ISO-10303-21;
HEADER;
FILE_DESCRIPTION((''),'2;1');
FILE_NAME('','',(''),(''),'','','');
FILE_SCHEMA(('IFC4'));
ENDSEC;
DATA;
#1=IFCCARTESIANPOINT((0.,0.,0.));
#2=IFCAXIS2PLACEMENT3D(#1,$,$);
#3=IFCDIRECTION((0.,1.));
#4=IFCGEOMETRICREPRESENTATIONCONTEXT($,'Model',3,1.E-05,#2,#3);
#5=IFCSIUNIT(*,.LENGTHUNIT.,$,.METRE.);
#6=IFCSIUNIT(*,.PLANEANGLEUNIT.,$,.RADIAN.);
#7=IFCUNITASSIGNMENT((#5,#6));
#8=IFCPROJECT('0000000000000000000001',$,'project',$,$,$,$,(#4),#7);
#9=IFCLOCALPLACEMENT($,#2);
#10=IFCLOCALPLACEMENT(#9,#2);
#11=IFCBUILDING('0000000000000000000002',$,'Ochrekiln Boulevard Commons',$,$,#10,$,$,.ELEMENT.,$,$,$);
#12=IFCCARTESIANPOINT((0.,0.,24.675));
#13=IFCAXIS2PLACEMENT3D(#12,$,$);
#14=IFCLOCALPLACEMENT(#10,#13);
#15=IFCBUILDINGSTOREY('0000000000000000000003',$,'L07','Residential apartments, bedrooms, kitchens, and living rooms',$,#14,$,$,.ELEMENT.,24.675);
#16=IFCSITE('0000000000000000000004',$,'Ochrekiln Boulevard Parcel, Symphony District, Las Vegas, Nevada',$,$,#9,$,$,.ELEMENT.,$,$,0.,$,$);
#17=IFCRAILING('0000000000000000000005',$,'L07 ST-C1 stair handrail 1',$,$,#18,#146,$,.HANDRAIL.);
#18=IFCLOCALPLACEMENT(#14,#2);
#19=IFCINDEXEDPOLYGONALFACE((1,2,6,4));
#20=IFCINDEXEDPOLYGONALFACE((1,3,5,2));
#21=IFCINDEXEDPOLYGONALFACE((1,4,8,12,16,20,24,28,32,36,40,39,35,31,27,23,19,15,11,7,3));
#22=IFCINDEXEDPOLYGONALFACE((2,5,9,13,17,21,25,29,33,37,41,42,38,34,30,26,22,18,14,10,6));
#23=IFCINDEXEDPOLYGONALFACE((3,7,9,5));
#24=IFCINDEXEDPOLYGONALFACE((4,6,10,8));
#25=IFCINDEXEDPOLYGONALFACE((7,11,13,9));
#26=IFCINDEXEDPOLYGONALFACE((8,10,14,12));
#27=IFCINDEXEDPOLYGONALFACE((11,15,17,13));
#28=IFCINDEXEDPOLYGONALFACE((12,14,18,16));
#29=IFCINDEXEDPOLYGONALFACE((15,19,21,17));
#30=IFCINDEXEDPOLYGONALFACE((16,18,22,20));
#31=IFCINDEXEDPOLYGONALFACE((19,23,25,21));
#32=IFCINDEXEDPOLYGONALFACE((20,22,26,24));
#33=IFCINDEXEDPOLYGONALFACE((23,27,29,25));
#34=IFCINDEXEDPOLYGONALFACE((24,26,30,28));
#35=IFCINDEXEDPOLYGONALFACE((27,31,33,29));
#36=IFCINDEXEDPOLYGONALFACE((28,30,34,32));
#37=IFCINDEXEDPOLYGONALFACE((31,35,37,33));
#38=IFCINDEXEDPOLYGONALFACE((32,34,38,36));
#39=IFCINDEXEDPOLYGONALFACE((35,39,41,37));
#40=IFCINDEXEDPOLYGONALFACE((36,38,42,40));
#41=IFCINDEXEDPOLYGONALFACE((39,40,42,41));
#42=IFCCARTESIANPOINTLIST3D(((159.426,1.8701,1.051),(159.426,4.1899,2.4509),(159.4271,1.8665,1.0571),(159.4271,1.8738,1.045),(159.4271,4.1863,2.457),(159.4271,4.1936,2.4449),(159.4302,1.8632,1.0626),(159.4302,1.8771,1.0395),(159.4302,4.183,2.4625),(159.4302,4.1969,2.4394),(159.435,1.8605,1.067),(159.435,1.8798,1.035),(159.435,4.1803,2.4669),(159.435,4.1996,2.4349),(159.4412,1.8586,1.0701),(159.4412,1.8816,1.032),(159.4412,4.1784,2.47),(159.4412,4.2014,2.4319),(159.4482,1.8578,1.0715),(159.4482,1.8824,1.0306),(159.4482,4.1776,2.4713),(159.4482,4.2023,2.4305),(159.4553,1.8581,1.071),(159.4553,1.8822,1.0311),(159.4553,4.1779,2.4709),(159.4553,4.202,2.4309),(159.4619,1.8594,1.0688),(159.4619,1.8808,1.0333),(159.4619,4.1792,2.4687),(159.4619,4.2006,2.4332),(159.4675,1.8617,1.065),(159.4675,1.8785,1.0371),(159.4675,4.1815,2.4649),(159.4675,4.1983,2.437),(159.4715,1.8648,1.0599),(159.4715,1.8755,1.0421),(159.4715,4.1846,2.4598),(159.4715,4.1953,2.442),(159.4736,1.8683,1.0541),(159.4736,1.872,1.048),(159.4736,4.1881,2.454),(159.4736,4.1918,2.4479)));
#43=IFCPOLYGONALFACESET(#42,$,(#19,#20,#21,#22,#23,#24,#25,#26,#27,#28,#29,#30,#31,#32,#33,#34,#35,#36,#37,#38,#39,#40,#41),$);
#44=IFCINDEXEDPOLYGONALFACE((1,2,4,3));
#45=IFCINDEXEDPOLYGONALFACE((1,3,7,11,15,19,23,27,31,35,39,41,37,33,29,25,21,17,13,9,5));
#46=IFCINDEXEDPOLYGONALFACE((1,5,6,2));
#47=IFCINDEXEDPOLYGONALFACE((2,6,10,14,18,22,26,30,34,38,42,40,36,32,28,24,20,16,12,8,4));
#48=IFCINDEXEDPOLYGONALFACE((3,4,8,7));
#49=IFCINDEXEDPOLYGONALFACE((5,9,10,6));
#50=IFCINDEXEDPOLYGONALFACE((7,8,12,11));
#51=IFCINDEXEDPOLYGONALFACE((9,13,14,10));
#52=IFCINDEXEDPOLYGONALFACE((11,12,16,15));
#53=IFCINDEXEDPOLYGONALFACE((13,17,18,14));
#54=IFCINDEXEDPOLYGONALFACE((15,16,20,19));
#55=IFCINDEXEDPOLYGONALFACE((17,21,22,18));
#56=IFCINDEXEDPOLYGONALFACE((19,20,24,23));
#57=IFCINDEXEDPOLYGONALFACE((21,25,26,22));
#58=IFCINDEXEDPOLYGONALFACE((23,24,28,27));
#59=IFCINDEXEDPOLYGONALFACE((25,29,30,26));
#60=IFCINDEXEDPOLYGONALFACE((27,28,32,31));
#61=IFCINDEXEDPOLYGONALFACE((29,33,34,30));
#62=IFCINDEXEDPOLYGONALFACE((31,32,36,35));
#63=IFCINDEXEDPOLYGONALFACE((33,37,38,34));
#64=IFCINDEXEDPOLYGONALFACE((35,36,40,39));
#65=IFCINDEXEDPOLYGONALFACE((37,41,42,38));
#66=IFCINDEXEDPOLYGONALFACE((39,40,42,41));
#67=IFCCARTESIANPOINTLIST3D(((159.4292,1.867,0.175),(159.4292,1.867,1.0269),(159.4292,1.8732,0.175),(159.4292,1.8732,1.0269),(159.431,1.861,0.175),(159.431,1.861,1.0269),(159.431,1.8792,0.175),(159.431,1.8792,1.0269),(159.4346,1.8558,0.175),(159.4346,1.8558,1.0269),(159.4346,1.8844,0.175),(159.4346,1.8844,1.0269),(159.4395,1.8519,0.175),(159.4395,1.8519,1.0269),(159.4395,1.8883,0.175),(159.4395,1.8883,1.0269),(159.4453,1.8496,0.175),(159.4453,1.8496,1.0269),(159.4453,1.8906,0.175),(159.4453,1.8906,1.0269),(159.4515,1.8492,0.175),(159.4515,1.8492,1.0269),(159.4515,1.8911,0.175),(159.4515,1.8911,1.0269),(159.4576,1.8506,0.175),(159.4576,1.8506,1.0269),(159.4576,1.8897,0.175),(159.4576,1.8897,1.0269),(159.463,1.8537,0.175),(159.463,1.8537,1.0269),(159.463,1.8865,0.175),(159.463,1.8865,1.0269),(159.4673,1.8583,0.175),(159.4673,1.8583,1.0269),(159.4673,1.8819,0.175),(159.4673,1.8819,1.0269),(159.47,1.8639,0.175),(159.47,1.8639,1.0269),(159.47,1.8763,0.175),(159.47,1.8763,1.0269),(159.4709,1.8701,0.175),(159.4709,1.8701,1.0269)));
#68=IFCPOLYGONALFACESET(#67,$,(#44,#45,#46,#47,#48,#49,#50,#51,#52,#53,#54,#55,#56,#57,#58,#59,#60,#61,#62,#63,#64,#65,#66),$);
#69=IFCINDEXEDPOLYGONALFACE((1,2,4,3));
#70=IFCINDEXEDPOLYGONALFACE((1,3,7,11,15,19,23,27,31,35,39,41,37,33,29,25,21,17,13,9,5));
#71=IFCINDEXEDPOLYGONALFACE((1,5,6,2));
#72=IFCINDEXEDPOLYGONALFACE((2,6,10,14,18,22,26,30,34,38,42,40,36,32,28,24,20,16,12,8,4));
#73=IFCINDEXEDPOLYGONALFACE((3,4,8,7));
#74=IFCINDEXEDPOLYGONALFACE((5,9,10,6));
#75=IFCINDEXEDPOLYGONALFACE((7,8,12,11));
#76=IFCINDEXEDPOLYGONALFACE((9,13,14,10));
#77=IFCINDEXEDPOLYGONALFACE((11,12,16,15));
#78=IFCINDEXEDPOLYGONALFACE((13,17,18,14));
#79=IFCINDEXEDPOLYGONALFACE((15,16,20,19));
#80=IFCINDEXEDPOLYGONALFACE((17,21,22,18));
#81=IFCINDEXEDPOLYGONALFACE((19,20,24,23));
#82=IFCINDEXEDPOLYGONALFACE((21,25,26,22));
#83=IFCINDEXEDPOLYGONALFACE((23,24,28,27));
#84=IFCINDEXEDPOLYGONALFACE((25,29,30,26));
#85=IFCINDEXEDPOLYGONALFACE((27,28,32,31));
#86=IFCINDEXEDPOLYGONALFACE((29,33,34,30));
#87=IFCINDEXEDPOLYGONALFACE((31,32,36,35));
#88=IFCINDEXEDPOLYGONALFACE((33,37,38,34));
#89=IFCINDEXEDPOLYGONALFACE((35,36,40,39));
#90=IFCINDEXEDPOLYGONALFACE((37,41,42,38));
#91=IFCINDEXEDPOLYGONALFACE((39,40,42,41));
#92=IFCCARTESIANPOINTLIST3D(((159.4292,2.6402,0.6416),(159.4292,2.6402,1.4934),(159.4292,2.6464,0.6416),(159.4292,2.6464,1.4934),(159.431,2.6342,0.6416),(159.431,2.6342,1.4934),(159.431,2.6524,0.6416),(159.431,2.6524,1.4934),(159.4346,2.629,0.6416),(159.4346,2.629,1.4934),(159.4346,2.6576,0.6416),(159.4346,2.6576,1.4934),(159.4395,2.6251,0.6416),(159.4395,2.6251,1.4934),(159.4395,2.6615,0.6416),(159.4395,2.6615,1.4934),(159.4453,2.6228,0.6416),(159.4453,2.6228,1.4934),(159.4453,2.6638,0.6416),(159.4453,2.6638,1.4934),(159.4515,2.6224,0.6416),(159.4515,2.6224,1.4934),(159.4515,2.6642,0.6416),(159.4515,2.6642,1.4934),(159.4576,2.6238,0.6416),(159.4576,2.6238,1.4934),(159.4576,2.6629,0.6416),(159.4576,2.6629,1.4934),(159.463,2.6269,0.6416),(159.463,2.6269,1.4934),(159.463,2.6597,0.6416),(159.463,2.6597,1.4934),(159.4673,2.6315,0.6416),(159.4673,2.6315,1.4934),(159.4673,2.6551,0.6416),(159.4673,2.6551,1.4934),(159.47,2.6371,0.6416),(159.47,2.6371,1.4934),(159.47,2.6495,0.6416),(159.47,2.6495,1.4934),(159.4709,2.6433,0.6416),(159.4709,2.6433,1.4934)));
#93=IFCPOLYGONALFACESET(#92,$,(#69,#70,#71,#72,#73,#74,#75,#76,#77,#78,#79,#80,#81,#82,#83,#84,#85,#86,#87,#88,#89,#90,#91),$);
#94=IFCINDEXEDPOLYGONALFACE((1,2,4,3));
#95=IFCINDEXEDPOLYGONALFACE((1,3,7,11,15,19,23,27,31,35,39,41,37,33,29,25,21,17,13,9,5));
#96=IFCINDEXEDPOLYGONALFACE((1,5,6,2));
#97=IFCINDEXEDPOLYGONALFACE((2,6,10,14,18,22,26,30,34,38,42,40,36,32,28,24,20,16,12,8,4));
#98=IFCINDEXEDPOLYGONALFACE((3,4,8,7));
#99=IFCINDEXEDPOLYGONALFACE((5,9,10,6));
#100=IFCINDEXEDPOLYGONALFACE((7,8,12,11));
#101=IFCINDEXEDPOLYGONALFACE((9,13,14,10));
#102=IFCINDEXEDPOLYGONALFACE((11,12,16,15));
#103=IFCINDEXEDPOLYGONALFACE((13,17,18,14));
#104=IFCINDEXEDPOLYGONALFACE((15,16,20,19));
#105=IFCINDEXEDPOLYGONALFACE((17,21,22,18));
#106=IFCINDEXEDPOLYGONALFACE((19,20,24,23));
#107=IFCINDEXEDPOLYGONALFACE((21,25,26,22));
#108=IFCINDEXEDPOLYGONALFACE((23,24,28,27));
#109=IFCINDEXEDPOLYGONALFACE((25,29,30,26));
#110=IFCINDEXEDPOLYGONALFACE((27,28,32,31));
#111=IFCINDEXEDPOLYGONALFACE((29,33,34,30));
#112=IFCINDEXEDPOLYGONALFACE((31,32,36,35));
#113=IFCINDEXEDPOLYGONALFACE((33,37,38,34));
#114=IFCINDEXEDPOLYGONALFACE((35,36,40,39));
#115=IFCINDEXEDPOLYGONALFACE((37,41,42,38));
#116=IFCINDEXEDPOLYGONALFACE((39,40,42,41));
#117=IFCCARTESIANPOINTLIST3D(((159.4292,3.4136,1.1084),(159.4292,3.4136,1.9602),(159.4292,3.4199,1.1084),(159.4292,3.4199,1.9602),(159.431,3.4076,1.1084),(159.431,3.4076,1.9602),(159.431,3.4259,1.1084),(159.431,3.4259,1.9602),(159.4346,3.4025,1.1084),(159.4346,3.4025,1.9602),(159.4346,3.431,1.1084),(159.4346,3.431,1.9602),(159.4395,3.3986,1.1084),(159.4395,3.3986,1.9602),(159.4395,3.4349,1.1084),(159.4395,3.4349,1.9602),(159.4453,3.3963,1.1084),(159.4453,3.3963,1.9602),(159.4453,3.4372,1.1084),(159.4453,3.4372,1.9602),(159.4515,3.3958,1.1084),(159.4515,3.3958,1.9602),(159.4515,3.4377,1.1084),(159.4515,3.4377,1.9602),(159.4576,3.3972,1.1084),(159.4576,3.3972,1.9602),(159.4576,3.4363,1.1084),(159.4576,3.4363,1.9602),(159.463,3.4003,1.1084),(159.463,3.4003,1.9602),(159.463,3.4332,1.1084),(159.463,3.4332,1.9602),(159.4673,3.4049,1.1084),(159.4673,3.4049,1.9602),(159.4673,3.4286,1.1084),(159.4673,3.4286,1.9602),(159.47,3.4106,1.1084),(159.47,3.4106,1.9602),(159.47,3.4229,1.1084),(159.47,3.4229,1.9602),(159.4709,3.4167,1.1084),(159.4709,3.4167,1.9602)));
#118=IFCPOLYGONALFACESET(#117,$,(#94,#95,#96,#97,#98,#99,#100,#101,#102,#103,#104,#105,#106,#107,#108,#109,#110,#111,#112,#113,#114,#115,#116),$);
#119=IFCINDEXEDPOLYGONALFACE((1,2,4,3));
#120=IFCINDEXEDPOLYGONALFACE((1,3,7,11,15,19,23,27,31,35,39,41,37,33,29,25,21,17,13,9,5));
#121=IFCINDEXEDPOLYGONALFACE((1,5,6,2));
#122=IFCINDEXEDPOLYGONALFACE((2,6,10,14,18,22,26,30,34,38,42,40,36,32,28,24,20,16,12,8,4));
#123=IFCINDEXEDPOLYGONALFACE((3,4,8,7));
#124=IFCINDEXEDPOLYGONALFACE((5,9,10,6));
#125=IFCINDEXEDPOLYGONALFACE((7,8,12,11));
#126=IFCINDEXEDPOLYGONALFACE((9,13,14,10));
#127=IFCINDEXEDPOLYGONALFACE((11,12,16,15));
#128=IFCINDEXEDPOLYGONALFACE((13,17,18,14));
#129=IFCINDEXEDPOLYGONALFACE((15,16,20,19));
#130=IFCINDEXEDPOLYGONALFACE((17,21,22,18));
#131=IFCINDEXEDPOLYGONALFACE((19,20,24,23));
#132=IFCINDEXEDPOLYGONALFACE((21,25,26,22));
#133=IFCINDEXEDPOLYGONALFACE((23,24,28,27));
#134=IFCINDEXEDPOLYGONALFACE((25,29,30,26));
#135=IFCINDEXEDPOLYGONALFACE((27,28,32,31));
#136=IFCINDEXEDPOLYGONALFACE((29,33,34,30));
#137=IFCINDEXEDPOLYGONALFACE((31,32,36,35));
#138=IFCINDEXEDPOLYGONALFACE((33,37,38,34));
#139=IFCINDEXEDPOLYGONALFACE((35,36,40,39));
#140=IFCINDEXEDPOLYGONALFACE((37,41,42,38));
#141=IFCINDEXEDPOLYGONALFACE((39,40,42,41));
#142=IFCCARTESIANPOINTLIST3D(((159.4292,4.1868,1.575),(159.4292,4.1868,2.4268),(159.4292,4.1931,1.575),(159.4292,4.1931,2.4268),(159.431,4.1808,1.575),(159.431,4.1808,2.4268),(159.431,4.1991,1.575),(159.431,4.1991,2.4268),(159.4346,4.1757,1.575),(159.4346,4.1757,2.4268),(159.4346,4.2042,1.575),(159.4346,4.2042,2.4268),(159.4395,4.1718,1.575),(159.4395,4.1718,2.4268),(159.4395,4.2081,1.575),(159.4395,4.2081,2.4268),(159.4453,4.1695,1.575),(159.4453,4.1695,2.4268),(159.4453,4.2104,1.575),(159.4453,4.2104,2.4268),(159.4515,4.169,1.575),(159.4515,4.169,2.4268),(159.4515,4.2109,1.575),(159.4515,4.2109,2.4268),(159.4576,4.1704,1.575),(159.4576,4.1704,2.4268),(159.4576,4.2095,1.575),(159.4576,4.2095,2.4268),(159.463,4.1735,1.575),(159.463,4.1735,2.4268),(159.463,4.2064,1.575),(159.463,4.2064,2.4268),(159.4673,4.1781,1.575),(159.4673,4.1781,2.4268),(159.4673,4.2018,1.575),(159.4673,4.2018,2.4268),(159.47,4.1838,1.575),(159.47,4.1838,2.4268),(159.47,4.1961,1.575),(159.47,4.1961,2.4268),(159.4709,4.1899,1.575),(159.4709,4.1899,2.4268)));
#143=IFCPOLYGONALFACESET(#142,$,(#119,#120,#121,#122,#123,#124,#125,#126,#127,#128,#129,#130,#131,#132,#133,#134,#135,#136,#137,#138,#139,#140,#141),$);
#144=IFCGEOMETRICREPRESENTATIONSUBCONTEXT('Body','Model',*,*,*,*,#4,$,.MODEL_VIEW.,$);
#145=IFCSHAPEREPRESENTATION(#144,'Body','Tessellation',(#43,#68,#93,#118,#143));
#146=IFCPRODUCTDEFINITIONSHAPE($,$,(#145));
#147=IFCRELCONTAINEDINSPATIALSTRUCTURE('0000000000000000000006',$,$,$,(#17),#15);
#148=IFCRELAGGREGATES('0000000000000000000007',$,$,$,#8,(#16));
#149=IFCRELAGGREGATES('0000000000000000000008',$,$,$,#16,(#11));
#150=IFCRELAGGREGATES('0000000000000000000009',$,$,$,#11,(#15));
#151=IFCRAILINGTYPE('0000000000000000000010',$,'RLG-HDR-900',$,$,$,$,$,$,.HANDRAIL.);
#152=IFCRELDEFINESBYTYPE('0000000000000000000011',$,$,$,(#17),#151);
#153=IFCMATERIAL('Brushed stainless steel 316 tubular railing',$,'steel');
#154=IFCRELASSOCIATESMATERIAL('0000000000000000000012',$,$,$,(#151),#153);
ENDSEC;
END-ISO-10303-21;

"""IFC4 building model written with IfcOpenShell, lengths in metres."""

from ifc_helpers import new_model, si_unit, direction, frame, origin, origin_2d, place, context, subcontext, project, spatial, circle, extrude, material, type_object, element, save


model = new_model("IFC4")

# Units and contexts
model_context = context("Model", 3, precision=1e-05, world=origin(), true_north=direction((0.0, 1.0)))
body_context = subcontext(model_context, "Body", "Model", "MODEL_VIEW")
ifc_project = project(units=[si_unit("LENGTHUNIT", "METRE"), si_unit("PLANEANGLEUNIT", "RADIAN")], contexts=[model_context])

# Site, building, storey
site_placement = place(None, origin())
site = spatial("IfcSite", under=ifc_project, at=site_placement, Name="Ochrekiln Boulevard Parcel, Symphony District, Las Vegas, Nevada", CompositionType="ELEMENT", RefElevation=0.0)
building_placement = place(site_placement, origin())
building = spatial("IfcBuilding", under=site, at=building_placement, Name="Ochrekiln Boulevard Commons", CompositionType="ELEMENT")
storey_placement = place(building_placement, frame((0.0, 0.0, 24.675)))
storey = spatial("IfcBuildingStorey", under=building, at=storey_placement, Name="L07", Description="Residential apartments, bedrooms, kitchens, and living rooms", CompositionType="ELEMENT", Elevation=24.675)

# Railing
ifc_material_1 = material(Name="Brushed stainless steel 316 tubular railing", Category="steel")
railing_type_1 = type_object("IfcRailingType", Name="RLG-HDR-900", PredefinedType="HANDRAIL", material=ifc_material_1)
railing_1_placement = place(storey_placement, frame((159.45, 1.8701, 0.175)))
element("IfcRailing", 1, at=railing_1_placement, inside=storey, type_object=railing_type_1, Name="L07 ST-C1 stair handrail 1", PredefinedType="HANDRAIL", context=body_context, shape_type="SweptSolid", body=[
    extrude(circle(Radius=0.0239, at=origin_2d()), frame((0.0, 0.0, 0.876), z_axis=(0.0, 0.856186, 0.516667), x_axis=(-1.0, 0.0, 0.0)), (0.0, 0.0, 1.0), 2.7095),
    extrude(circle(Radius=0.021, at=origin_2d()), origin(), (0.0, 0.0, 1.0), 0.8518),
    extrude(circle(Radius=0.021, at=origin_2d()), frame((0.0, 0.7732, 0.4666)), (0.0, 0.0, 1.0), 0.8518),
    extrude(circle(Radius=0.021, at=origin_2d()), frame((0.0, 1.5466, 0.9333)), (0.0, 0.0, 1.0), 0.8518),
    extrude(circle(Radius=0.021, at=origin_2d()), frame((0.0, 2.3198, 1.3999)), (0.0, 0.0, 1.0), 0.8518),
])

save(model, "model.ifc")
